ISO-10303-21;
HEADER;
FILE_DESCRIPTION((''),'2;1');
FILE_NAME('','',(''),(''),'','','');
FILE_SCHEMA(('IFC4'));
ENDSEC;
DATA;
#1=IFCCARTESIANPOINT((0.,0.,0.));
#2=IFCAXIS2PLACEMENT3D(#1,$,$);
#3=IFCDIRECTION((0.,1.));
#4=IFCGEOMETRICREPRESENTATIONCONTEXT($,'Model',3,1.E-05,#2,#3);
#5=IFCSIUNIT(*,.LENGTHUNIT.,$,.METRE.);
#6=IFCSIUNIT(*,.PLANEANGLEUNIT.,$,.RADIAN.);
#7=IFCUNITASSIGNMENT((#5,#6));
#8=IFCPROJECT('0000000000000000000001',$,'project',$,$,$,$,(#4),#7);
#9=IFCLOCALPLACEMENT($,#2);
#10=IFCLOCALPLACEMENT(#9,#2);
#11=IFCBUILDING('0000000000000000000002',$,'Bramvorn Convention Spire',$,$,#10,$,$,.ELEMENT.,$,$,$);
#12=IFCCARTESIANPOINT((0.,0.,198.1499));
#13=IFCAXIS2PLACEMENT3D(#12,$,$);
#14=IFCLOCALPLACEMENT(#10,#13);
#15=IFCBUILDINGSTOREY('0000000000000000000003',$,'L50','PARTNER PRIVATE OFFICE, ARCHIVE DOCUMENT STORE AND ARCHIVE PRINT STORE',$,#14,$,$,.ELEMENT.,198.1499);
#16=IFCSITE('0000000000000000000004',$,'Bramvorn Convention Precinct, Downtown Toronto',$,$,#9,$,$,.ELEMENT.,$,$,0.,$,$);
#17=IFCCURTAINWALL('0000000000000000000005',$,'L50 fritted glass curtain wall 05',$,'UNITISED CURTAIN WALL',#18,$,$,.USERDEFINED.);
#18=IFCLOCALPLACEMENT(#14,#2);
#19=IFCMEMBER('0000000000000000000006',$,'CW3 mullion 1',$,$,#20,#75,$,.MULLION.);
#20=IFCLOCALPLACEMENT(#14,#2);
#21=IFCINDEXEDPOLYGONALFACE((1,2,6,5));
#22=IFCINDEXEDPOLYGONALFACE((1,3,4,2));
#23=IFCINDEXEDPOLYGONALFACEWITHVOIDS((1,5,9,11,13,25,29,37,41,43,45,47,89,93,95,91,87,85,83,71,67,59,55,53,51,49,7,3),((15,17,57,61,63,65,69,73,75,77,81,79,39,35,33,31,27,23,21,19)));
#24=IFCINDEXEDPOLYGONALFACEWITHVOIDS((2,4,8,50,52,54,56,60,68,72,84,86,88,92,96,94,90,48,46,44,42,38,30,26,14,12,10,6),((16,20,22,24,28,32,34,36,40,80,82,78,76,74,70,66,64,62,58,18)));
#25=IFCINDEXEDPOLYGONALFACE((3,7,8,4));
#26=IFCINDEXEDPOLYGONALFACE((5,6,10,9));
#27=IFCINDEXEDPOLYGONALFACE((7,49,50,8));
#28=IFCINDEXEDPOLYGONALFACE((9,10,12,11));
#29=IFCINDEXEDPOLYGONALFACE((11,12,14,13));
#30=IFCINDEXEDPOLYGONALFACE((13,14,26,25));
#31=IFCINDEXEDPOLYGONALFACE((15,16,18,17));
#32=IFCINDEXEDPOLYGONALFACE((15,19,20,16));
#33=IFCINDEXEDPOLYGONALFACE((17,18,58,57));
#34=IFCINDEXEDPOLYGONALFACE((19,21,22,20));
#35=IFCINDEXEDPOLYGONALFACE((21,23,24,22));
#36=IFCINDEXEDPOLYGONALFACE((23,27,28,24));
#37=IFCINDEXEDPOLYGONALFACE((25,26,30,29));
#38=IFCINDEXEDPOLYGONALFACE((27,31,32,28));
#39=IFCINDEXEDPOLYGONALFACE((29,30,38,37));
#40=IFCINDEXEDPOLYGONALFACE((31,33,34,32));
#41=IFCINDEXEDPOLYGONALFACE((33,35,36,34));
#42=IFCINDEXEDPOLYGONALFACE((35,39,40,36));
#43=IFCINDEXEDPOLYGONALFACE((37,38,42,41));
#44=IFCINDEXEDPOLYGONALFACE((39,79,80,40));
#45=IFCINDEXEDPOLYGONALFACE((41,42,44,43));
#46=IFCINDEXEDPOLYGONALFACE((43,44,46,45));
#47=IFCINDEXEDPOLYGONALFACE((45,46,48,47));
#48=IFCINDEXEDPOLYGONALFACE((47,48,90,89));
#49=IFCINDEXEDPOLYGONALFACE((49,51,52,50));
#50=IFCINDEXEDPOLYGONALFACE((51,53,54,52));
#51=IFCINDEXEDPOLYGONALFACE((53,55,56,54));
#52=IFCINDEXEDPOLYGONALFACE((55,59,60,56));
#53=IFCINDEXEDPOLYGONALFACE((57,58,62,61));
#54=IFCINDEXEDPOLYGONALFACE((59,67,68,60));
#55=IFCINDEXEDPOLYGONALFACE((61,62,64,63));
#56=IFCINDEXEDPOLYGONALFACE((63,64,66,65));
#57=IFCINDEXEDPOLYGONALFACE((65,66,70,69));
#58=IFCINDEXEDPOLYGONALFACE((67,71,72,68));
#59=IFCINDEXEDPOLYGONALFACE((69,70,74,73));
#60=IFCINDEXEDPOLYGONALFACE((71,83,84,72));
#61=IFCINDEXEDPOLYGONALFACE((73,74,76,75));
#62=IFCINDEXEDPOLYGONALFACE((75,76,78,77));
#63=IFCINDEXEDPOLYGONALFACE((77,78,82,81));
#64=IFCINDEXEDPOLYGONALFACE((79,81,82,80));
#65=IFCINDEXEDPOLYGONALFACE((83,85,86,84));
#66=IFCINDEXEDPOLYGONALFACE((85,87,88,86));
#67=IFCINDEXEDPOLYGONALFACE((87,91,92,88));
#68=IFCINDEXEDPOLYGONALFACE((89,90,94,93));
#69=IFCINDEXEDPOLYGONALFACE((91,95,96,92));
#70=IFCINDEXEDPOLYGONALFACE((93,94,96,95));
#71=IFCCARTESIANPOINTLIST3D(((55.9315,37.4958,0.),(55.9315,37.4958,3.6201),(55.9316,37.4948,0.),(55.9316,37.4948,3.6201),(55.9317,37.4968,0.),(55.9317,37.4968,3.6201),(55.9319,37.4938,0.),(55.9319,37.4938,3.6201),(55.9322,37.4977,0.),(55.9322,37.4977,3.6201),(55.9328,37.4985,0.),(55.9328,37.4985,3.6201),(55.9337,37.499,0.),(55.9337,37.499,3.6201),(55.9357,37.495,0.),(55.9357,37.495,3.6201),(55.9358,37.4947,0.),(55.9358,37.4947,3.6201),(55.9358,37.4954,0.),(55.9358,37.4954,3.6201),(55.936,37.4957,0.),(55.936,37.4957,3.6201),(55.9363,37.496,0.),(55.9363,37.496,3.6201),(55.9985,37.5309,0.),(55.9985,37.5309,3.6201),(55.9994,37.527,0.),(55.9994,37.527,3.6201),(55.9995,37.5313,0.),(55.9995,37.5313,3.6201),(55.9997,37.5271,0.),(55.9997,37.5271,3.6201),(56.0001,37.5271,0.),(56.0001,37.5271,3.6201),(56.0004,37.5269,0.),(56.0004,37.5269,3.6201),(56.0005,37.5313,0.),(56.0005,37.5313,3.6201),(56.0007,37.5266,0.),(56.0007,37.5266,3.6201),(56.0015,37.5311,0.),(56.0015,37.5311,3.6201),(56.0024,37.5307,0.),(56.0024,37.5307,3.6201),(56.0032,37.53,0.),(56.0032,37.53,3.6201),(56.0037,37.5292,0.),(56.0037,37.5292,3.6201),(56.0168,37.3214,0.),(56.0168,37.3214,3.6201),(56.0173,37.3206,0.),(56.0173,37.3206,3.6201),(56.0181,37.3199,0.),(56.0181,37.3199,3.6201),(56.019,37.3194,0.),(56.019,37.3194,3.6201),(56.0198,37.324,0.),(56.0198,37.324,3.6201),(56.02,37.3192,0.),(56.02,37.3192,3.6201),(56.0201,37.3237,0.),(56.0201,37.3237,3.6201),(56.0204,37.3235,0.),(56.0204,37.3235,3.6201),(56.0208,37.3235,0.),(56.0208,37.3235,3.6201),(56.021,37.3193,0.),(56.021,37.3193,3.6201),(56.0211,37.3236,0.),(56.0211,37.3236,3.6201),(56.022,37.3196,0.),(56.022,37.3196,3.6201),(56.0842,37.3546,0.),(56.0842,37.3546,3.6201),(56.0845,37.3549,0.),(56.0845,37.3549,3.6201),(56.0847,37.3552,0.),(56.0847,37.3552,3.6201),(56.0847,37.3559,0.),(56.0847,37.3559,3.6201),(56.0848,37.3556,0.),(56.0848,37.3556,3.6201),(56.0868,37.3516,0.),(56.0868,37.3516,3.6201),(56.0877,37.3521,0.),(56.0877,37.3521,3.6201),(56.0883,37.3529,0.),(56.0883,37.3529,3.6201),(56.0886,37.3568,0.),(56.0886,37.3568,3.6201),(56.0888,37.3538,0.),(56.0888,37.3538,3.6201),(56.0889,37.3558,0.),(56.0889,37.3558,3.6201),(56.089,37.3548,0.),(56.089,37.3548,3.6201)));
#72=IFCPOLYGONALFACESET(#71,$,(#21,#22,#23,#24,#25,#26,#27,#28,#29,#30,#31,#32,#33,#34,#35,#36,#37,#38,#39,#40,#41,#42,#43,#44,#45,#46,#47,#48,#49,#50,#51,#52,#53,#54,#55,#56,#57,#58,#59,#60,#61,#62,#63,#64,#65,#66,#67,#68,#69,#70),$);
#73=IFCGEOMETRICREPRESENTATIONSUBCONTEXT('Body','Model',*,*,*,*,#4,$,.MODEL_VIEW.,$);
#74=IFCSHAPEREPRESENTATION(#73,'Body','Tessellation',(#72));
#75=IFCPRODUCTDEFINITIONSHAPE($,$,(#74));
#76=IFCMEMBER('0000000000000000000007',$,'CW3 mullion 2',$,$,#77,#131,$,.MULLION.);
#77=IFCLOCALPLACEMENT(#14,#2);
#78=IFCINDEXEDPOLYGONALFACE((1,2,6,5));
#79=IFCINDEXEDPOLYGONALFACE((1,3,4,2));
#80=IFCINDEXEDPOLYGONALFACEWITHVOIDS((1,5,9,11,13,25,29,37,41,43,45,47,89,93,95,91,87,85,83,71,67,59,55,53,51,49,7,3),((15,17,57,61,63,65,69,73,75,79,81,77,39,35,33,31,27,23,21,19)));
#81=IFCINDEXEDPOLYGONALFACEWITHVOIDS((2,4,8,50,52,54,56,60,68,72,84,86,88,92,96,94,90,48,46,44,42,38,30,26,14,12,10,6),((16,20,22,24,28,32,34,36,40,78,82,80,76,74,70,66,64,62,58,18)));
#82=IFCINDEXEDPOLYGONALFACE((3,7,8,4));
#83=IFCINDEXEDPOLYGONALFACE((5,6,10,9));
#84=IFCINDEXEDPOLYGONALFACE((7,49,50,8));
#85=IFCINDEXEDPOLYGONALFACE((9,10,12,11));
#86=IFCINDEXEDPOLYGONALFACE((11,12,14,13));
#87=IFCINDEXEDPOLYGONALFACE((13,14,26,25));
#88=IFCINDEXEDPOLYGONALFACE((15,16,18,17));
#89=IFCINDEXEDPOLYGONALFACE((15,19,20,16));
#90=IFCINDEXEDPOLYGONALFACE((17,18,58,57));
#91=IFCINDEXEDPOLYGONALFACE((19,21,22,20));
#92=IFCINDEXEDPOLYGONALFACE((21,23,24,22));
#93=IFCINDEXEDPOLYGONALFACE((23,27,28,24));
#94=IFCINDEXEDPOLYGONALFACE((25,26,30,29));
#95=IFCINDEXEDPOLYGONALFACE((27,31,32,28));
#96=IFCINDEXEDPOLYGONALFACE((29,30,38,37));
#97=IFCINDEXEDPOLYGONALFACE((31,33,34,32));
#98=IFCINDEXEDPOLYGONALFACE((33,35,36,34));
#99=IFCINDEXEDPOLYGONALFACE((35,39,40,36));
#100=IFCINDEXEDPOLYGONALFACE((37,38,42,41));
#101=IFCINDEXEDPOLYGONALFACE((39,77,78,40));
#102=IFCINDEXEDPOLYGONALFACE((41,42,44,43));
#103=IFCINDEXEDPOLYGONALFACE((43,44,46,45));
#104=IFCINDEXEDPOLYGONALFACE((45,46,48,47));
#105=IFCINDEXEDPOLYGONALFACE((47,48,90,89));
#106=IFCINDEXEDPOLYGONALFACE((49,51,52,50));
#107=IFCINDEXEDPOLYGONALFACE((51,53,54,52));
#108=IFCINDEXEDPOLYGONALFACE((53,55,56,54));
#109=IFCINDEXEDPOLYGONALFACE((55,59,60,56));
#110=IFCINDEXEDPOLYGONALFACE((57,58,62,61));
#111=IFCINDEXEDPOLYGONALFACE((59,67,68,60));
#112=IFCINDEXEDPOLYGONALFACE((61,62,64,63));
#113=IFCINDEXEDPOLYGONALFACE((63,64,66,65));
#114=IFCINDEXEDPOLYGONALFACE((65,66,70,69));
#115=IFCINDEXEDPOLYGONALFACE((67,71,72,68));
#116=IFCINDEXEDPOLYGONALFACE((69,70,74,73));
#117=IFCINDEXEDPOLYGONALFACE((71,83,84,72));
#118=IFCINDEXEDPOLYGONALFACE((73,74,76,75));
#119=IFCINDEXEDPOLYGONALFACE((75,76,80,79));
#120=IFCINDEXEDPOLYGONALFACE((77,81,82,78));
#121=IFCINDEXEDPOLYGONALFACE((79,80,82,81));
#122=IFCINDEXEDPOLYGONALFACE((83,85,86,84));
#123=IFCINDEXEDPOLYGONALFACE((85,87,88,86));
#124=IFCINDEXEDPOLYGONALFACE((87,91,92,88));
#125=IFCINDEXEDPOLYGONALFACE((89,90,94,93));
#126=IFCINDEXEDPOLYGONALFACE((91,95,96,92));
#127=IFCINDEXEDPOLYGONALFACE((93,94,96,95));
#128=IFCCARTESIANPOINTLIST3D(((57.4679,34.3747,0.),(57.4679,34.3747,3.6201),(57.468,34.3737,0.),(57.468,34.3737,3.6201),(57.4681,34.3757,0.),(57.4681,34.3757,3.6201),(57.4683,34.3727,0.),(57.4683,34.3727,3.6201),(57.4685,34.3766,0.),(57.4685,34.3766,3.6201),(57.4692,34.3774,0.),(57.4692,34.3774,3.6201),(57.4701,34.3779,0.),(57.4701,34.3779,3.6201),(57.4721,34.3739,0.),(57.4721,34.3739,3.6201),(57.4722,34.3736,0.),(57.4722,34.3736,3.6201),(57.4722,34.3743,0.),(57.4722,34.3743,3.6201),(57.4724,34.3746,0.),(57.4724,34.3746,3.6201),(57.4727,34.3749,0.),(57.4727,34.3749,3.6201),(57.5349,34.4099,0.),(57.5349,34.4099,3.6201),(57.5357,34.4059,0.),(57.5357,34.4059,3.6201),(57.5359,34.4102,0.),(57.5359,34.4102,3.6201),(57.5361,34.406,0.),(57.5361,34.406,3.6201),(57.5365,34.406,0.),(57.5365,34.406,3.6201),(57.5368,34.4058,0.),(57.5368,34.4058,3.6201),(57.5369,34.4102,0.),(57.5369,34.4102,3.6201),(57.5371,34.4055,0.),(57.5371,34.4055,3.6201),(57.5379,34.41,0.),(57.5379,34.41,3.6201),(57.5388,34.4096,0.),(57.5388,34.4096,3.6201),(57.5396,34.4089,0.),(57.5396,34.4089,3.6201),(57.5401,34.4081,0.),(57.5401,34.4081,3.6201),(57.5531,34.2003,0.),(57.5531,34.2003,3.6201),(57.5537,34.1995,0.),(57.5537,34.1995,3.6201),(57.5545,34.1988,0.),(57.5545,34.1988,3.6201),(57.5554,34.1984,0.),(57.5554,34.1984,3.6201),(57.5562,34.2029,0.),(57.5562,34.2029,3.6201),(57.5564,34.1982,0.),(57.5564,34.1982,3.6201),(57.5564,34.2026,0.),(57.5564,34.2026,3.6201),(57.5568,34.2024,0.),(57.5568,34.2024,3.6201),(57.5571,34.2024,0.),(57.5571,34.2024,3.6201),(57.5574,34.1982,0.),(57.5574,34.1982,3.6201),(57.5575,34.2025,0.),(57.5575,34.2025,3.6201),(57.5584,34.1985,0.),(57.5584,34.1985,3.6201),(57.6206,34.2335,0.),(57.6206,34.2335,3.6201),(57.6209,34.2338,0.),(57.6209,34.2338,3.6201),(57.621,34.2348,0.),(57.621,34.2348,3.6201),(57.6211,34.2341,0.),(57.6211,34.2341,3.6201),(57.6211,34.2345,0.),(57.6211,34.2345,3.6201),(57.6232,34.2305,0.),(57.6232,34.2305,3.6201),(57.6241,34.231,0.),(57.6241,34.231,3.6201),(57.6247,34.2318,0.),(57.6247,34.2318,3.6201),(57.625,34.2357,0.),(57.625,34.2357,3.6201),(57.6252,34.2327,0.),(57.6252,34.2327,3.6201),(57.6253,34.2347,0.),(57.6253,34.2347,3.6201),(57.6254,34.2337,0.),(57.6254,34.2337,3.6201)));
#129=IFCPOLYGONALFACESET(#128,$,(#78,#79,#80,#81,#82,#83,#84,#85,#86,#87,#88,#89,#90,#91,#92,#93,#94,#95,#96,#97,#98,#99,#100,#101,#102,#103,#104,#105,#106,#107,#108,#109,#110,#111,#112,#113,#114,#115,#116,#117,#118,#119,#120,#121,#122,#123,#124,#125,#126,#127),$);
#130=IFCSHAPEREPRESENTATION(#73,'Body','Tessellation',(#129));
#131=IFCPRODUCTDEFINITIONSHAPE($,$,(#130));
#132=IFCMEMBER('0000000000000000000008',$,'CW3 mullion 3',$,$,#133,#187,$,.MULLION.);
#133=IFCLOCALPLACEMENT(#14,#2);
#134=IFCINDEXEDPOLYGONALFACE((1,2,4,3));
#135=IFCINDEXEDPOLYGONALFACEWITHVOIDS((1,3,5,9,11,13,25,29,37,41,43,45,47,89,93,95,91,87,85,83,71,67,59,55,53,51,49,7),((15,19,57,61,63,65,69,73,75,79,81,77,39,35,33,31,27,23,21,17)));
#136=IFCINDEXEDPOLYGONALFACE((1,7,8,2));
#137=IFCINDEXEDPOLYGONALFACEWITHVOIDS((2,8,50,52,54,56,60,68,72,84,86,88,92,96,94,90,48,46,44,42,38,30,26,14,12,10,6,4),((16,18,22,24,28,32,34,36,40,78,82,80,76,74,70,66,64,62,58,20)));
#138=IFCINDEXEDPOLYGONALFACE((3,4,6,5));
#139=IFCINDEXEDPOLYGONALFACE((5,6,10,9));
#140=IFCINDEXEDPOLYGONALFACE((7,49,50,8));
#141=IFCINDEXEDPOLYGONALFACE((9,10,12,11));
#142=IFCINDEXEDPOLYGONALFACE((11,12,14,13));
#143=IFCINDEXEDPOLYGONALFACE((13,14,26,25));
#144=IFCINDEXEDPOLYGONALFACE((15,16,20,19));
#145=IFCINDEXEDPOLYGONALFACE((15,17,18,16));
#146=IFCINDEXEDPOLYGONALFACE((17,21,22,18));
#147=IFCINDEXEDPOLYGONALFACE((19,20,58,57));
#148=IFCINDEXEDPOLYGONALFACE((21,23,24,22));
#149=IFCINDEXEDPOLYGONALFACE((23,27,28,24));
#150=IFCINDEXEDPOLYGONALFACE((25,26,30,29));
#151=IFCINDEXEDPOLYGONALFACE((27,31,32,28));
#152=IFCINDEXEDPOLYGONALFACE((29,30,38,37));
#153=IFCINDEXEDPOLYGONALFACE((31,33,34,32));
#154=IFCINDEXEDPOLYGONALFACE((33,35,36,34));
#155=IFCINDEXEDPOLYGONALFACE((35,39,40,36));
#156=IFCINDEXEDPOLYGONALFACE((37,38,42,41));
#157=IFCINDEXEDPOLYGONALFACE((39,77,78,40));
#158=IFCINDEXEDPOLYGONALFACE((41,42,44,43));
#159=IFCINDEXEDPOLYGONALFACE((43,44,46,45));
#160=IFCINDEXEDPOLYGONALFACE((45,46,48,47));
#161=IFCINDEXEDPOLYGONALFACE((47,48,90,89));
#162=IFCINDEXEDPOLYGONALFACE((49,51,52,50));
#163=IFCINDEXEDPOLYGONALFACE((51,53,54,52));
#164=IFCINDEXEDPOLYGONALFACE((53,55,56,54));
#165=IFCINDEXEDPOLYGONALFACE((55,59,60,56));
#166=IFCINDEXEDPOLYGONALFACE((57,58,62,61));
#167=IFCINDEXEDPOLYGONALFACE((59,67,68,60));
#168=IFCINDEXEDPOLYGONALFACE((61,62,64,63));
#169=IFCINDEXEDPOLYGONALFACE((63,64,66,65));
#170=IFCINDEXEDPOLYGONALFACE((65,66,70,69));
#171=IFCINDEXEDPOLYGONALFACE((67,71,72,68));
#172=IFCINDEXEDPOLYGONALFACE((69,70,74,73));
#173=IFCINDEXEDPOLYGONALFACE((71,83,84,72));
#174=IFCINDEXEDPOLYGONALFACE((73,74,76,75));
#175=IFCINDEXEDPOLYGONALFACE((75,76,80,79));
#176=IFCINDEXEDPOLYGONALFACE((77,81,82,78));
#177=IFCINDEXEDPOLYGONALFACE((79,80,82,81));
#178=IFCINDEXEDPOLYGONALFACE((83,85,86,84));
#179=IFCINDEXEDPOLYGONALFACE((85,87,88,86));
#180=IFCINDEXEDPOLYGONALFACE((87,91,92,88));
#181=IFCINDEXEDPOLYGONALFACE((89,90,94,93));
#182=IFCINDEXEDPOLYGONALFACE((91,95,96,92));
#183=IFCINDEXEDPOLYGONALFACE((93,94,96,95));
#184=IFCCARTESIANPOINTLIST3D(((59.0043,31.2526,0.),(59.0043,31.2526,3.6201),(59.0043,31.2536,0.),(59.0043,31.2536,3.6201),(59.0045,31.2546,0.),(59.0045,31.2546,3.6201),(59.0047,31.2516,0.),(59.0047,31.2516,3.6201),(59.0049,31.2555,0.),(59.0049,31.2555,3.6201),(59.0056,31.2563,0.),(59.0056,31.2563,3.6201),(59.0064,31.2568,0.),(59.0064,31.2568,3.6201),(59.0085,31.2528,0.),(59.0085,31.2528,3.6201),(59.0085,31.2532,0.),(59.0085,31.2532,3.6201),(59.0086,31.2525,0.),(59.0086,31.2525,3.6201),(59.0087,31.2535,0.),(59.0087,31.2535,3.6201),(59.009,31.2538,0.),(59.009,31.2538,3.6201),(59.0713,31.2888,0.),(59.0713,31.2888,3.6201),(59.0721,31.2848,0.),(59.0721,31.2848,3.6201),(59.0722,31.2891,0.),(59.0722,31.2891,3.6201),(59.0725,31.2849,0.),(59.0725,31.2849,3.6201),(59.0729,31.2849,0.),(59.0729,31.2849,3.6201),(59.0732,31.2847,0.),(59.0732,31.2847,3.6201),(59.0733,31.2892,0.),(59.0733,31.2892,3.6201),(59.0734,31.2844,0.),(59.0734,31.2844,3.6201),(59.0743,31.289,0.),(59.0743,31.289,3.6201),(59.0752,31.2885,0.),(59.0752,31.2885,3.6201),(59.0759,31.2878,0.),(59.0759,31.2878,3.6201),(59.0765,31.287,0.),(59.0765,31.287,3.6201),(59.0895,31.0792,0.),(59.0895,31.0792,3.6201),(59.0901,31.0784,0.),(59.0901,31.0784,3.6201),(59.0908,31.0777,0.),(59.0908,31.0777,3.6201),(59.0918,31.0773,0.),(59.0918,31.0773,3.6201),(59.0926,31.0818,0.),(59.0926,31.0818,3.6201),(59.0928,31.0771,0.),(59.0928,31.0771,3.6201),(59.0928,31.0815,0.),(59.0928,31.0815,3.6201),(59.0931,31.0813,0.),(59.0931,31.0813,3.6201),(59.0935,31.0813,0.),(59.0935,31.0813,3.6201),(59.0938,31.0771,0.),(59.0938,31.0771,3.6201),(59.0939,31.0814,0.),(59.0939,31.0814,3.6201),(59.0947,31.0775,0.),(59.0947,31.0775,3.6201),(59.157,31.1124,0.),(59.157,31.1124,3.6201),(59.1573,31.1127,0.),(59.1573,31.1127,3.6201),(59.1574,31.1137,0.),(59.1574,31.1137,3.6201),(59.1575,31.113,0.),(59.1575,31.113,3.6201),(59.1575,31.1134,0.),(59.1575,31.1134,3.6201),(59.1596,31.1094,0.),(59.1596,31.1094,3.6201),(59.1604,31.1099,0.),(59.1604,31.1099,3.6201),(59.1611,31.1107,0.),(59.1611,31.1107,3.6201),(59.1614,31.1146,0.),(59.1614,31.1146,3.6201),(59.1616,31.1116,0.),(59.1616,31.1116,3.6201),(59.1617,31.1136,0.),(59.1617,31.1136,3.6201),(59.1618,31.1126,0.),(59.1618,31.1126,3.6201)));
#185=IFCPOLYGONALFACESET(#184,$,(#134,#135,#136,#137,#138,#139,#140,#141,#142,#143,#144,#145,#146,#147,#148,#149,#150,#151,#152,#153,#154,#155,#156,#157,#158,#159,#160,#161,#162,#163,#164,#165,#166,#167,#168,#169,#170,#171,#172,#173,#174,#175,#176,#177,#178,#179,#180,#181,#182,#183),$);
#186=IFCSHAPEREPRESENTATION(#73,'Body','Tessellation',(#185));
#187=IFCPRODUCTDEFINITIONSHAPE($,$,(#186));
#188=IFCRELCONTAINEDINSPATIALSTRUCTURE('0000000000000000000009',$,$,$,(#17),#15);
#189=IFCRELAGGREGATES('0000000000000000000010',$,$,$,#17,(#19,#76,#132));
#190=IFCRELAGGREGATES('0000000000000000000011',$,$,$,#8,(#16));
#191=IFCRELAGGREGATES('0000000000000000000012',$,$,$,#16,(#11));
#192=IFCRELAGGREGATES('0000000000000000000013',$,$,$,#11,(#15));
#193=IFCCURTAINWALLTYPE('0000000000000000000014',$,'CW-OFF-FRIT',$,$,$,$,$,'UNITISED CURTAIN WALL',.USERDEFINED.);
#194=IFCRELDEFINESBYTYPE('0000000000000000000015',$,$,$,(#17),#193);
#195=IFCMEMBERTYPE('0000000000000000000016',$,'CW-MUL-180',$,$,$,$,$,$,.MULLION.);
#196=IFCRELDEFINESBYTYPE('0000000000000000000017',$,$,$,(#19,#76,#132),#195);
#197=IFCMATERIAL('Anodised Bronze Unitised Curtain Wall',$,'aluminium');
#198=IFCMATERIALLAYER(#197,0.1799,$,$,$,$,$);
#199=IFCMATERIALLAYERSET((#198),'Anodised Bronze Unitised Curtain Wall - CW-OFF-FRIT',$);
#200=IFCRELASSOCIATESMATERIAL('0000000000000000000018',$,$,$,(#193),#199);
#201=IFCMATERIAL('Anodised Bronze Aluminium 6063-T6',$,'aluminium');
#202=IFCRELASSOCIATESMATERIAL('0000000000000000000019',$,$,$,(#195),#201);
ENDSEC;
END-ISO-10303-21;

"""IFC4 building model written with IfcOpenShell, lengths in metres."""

from ifc_helpers import new_model, si_unit, direction, frame, origin, origin_2d, place, context, subcontext, project, spatial, hollow_rectangle, extrude, material, layer, layer_set, material_profile, profile_set, type_object, element, aggregate, save


model = new_model("IFC4")

# Units and contexts
model_context = context("Model", 3, precision=1e-05, world=origin(), true_north=direction((0.0, 1.0)))
body_context = subcontext(model_context, "Body", "Model", "MODEL_VIEW")
ifc_project = project(units=[si_unit("LENGTHUNIT", "METRE"), si_unit("PLANEANGLEUNIT", "RADIAN")], contexts=[model_context])

# Site, building, storey
site_placement = place(None, origin())
site = spatial("IfcSite", under=ifc_project, at=site_placement, Name="Bramvorn Convention Precinct, Downtown Toronto", CompositionType="ELEMENT", RefElevation=0.0)
building_placement = place(site_placement, origin())
building = spatial("IfcBuilding", under=site, at=building_placement, Name="Bramvorn Convention Spire", CompositionType="ELEMENT")
storey_placement = place(building_placement, frame((0.0, 0.0, 198.1499)))
storey = spatial("IfcBuildingStorey", under=building, at=storey_placement, Name="L50", Description="PARTNER PRIVATE OFFICE, ARCHIVE DOCUMENT STORE AND ARCHIVE PRINT STORE", CompositionType="ELEMENT", Elevation=198.1499)

# Curtain wall, members
ifc_material_1 = material(Name="Anodised Bronze Unitised Curtain Wall", Category="aluminium")
ifc_layer_1 = layer(ifc_material_1, 0.1799)
ifc_layer_set_1 = layer_set([ifc_layer_1], Name="Anodised Bronze Unitised Curtain Wall - CW-OFF-FRIT")
curtain_wall_type = type_object("IfcCurtainWallType", Name="CW-OFF-FRIT", ElementType="UNITISED CURTAIN WALL", PredefinedType="USERDEFINED", material=ifc_layer_set_1)
curtain_wall_1_placement = place(storey_placement, origin())
curtain_wall_1 = element("IfcCurtainWall", 1, at=curtain_wall_1_placement, inside=storey, type_object=curtain_wall_type, Name="L50 fritted glass curtain wall 05", ObjectType="UNITISED CURTAIN WALL", PredefinedType="USERDEFINED")
ifc_material_2 = material(Name="Anodised Bronze Aluminium 6063-T6", Category="aluminium")
ifc_material_profile_1 = material_profile(ifc_material_2, hollow_rectangle(XDim=0.0801, YDim=0.2, WallThickness=0.0039, InnerFilletRadius=0.001, OuterFilletRadius=0.0039, at=origin_2d()))
ifc_profile_set_1 = profile_set([ifc_material_profile_1], Name="Anodised Bronze Aluminium 6063-T6 - CWM80X200")
member_type_1 = type_object("IfcMemberType", Name="CW-MUL-180", PredefinedType="MULLION", material=ifc_profile_set_1)
member_1_placement = place(storey_placement, frame((56.0103, 37.4253, 0.0), z_axis=(0.0, 0.0, 1.0), x_axis=(0.897189, 0.441647, 0.0)))
member_1 = element("IfcMember", 2, at=member_1_placement, type_object=member_type_1, Name="CW3 mullion 1", PredefinedType="MULLION", context=body_context, shape_type="SweptSolid", body=[
    extrude(hollow_rectangle(XDim=0.0801, YDim=0.2, WallThickness=0.0039, InnerFilletRadius=0.001, OuterFilletRadius=0.0039, at=origin_2d()), origin(), (0.0, 0.0, 1.0), 3.6201),
])
member_2_placement = place(storey_placement, frame((57.5466, 34.3042, 0.0), z_axis=(0.0, 0.0, 1.0), x_axis=(0.897189, 0.441647, 0.0)))
member_2 = element("IfcMember", 3, at=member_2_placement, type_object=member_type_1, Name="CW3 mullion 2", PredefinedType="MULLION", context=body_context, shape_type="SweptSolid", body=[
    extrude(hollow_rectangle(XDim=0.0801, YDim=0.2, WallThickness=0.0039, InnerFilletRadius=0.001, OuterFilletRadius=0.0039, at=origin_2d()), origin(), (0.0, 0.0, 1.0), 3.6201),
])
member_3_placement = place(storey_placement, frame((59.083, 31.1831, 0.0), z_axis=(0.0, 0.0, 1.0), x_axis=(0.897189, 0.441647, 0.0)))
member_3 = element("IfcMember", 4, at=member_3_placement, type_object=member_type_1, Name="CW3 mullion 3", PredefinedType="MULLION", context=body_context, shape_type="SweptSolid", body=[
    extrude(hollow_rectangle(XDim=0.0801, YDim=0.2, WallThickness=0.0039, InnerFilletRadius=0.001, OuterFilletRadius=0.0039, at=origin_2d()), origin(), (0.0, 0.0, 1.0), 3.6201),
])

aggregate(curtain_wall_1, [member_1, member_2, member_3])

save(model, "model.ifc")
